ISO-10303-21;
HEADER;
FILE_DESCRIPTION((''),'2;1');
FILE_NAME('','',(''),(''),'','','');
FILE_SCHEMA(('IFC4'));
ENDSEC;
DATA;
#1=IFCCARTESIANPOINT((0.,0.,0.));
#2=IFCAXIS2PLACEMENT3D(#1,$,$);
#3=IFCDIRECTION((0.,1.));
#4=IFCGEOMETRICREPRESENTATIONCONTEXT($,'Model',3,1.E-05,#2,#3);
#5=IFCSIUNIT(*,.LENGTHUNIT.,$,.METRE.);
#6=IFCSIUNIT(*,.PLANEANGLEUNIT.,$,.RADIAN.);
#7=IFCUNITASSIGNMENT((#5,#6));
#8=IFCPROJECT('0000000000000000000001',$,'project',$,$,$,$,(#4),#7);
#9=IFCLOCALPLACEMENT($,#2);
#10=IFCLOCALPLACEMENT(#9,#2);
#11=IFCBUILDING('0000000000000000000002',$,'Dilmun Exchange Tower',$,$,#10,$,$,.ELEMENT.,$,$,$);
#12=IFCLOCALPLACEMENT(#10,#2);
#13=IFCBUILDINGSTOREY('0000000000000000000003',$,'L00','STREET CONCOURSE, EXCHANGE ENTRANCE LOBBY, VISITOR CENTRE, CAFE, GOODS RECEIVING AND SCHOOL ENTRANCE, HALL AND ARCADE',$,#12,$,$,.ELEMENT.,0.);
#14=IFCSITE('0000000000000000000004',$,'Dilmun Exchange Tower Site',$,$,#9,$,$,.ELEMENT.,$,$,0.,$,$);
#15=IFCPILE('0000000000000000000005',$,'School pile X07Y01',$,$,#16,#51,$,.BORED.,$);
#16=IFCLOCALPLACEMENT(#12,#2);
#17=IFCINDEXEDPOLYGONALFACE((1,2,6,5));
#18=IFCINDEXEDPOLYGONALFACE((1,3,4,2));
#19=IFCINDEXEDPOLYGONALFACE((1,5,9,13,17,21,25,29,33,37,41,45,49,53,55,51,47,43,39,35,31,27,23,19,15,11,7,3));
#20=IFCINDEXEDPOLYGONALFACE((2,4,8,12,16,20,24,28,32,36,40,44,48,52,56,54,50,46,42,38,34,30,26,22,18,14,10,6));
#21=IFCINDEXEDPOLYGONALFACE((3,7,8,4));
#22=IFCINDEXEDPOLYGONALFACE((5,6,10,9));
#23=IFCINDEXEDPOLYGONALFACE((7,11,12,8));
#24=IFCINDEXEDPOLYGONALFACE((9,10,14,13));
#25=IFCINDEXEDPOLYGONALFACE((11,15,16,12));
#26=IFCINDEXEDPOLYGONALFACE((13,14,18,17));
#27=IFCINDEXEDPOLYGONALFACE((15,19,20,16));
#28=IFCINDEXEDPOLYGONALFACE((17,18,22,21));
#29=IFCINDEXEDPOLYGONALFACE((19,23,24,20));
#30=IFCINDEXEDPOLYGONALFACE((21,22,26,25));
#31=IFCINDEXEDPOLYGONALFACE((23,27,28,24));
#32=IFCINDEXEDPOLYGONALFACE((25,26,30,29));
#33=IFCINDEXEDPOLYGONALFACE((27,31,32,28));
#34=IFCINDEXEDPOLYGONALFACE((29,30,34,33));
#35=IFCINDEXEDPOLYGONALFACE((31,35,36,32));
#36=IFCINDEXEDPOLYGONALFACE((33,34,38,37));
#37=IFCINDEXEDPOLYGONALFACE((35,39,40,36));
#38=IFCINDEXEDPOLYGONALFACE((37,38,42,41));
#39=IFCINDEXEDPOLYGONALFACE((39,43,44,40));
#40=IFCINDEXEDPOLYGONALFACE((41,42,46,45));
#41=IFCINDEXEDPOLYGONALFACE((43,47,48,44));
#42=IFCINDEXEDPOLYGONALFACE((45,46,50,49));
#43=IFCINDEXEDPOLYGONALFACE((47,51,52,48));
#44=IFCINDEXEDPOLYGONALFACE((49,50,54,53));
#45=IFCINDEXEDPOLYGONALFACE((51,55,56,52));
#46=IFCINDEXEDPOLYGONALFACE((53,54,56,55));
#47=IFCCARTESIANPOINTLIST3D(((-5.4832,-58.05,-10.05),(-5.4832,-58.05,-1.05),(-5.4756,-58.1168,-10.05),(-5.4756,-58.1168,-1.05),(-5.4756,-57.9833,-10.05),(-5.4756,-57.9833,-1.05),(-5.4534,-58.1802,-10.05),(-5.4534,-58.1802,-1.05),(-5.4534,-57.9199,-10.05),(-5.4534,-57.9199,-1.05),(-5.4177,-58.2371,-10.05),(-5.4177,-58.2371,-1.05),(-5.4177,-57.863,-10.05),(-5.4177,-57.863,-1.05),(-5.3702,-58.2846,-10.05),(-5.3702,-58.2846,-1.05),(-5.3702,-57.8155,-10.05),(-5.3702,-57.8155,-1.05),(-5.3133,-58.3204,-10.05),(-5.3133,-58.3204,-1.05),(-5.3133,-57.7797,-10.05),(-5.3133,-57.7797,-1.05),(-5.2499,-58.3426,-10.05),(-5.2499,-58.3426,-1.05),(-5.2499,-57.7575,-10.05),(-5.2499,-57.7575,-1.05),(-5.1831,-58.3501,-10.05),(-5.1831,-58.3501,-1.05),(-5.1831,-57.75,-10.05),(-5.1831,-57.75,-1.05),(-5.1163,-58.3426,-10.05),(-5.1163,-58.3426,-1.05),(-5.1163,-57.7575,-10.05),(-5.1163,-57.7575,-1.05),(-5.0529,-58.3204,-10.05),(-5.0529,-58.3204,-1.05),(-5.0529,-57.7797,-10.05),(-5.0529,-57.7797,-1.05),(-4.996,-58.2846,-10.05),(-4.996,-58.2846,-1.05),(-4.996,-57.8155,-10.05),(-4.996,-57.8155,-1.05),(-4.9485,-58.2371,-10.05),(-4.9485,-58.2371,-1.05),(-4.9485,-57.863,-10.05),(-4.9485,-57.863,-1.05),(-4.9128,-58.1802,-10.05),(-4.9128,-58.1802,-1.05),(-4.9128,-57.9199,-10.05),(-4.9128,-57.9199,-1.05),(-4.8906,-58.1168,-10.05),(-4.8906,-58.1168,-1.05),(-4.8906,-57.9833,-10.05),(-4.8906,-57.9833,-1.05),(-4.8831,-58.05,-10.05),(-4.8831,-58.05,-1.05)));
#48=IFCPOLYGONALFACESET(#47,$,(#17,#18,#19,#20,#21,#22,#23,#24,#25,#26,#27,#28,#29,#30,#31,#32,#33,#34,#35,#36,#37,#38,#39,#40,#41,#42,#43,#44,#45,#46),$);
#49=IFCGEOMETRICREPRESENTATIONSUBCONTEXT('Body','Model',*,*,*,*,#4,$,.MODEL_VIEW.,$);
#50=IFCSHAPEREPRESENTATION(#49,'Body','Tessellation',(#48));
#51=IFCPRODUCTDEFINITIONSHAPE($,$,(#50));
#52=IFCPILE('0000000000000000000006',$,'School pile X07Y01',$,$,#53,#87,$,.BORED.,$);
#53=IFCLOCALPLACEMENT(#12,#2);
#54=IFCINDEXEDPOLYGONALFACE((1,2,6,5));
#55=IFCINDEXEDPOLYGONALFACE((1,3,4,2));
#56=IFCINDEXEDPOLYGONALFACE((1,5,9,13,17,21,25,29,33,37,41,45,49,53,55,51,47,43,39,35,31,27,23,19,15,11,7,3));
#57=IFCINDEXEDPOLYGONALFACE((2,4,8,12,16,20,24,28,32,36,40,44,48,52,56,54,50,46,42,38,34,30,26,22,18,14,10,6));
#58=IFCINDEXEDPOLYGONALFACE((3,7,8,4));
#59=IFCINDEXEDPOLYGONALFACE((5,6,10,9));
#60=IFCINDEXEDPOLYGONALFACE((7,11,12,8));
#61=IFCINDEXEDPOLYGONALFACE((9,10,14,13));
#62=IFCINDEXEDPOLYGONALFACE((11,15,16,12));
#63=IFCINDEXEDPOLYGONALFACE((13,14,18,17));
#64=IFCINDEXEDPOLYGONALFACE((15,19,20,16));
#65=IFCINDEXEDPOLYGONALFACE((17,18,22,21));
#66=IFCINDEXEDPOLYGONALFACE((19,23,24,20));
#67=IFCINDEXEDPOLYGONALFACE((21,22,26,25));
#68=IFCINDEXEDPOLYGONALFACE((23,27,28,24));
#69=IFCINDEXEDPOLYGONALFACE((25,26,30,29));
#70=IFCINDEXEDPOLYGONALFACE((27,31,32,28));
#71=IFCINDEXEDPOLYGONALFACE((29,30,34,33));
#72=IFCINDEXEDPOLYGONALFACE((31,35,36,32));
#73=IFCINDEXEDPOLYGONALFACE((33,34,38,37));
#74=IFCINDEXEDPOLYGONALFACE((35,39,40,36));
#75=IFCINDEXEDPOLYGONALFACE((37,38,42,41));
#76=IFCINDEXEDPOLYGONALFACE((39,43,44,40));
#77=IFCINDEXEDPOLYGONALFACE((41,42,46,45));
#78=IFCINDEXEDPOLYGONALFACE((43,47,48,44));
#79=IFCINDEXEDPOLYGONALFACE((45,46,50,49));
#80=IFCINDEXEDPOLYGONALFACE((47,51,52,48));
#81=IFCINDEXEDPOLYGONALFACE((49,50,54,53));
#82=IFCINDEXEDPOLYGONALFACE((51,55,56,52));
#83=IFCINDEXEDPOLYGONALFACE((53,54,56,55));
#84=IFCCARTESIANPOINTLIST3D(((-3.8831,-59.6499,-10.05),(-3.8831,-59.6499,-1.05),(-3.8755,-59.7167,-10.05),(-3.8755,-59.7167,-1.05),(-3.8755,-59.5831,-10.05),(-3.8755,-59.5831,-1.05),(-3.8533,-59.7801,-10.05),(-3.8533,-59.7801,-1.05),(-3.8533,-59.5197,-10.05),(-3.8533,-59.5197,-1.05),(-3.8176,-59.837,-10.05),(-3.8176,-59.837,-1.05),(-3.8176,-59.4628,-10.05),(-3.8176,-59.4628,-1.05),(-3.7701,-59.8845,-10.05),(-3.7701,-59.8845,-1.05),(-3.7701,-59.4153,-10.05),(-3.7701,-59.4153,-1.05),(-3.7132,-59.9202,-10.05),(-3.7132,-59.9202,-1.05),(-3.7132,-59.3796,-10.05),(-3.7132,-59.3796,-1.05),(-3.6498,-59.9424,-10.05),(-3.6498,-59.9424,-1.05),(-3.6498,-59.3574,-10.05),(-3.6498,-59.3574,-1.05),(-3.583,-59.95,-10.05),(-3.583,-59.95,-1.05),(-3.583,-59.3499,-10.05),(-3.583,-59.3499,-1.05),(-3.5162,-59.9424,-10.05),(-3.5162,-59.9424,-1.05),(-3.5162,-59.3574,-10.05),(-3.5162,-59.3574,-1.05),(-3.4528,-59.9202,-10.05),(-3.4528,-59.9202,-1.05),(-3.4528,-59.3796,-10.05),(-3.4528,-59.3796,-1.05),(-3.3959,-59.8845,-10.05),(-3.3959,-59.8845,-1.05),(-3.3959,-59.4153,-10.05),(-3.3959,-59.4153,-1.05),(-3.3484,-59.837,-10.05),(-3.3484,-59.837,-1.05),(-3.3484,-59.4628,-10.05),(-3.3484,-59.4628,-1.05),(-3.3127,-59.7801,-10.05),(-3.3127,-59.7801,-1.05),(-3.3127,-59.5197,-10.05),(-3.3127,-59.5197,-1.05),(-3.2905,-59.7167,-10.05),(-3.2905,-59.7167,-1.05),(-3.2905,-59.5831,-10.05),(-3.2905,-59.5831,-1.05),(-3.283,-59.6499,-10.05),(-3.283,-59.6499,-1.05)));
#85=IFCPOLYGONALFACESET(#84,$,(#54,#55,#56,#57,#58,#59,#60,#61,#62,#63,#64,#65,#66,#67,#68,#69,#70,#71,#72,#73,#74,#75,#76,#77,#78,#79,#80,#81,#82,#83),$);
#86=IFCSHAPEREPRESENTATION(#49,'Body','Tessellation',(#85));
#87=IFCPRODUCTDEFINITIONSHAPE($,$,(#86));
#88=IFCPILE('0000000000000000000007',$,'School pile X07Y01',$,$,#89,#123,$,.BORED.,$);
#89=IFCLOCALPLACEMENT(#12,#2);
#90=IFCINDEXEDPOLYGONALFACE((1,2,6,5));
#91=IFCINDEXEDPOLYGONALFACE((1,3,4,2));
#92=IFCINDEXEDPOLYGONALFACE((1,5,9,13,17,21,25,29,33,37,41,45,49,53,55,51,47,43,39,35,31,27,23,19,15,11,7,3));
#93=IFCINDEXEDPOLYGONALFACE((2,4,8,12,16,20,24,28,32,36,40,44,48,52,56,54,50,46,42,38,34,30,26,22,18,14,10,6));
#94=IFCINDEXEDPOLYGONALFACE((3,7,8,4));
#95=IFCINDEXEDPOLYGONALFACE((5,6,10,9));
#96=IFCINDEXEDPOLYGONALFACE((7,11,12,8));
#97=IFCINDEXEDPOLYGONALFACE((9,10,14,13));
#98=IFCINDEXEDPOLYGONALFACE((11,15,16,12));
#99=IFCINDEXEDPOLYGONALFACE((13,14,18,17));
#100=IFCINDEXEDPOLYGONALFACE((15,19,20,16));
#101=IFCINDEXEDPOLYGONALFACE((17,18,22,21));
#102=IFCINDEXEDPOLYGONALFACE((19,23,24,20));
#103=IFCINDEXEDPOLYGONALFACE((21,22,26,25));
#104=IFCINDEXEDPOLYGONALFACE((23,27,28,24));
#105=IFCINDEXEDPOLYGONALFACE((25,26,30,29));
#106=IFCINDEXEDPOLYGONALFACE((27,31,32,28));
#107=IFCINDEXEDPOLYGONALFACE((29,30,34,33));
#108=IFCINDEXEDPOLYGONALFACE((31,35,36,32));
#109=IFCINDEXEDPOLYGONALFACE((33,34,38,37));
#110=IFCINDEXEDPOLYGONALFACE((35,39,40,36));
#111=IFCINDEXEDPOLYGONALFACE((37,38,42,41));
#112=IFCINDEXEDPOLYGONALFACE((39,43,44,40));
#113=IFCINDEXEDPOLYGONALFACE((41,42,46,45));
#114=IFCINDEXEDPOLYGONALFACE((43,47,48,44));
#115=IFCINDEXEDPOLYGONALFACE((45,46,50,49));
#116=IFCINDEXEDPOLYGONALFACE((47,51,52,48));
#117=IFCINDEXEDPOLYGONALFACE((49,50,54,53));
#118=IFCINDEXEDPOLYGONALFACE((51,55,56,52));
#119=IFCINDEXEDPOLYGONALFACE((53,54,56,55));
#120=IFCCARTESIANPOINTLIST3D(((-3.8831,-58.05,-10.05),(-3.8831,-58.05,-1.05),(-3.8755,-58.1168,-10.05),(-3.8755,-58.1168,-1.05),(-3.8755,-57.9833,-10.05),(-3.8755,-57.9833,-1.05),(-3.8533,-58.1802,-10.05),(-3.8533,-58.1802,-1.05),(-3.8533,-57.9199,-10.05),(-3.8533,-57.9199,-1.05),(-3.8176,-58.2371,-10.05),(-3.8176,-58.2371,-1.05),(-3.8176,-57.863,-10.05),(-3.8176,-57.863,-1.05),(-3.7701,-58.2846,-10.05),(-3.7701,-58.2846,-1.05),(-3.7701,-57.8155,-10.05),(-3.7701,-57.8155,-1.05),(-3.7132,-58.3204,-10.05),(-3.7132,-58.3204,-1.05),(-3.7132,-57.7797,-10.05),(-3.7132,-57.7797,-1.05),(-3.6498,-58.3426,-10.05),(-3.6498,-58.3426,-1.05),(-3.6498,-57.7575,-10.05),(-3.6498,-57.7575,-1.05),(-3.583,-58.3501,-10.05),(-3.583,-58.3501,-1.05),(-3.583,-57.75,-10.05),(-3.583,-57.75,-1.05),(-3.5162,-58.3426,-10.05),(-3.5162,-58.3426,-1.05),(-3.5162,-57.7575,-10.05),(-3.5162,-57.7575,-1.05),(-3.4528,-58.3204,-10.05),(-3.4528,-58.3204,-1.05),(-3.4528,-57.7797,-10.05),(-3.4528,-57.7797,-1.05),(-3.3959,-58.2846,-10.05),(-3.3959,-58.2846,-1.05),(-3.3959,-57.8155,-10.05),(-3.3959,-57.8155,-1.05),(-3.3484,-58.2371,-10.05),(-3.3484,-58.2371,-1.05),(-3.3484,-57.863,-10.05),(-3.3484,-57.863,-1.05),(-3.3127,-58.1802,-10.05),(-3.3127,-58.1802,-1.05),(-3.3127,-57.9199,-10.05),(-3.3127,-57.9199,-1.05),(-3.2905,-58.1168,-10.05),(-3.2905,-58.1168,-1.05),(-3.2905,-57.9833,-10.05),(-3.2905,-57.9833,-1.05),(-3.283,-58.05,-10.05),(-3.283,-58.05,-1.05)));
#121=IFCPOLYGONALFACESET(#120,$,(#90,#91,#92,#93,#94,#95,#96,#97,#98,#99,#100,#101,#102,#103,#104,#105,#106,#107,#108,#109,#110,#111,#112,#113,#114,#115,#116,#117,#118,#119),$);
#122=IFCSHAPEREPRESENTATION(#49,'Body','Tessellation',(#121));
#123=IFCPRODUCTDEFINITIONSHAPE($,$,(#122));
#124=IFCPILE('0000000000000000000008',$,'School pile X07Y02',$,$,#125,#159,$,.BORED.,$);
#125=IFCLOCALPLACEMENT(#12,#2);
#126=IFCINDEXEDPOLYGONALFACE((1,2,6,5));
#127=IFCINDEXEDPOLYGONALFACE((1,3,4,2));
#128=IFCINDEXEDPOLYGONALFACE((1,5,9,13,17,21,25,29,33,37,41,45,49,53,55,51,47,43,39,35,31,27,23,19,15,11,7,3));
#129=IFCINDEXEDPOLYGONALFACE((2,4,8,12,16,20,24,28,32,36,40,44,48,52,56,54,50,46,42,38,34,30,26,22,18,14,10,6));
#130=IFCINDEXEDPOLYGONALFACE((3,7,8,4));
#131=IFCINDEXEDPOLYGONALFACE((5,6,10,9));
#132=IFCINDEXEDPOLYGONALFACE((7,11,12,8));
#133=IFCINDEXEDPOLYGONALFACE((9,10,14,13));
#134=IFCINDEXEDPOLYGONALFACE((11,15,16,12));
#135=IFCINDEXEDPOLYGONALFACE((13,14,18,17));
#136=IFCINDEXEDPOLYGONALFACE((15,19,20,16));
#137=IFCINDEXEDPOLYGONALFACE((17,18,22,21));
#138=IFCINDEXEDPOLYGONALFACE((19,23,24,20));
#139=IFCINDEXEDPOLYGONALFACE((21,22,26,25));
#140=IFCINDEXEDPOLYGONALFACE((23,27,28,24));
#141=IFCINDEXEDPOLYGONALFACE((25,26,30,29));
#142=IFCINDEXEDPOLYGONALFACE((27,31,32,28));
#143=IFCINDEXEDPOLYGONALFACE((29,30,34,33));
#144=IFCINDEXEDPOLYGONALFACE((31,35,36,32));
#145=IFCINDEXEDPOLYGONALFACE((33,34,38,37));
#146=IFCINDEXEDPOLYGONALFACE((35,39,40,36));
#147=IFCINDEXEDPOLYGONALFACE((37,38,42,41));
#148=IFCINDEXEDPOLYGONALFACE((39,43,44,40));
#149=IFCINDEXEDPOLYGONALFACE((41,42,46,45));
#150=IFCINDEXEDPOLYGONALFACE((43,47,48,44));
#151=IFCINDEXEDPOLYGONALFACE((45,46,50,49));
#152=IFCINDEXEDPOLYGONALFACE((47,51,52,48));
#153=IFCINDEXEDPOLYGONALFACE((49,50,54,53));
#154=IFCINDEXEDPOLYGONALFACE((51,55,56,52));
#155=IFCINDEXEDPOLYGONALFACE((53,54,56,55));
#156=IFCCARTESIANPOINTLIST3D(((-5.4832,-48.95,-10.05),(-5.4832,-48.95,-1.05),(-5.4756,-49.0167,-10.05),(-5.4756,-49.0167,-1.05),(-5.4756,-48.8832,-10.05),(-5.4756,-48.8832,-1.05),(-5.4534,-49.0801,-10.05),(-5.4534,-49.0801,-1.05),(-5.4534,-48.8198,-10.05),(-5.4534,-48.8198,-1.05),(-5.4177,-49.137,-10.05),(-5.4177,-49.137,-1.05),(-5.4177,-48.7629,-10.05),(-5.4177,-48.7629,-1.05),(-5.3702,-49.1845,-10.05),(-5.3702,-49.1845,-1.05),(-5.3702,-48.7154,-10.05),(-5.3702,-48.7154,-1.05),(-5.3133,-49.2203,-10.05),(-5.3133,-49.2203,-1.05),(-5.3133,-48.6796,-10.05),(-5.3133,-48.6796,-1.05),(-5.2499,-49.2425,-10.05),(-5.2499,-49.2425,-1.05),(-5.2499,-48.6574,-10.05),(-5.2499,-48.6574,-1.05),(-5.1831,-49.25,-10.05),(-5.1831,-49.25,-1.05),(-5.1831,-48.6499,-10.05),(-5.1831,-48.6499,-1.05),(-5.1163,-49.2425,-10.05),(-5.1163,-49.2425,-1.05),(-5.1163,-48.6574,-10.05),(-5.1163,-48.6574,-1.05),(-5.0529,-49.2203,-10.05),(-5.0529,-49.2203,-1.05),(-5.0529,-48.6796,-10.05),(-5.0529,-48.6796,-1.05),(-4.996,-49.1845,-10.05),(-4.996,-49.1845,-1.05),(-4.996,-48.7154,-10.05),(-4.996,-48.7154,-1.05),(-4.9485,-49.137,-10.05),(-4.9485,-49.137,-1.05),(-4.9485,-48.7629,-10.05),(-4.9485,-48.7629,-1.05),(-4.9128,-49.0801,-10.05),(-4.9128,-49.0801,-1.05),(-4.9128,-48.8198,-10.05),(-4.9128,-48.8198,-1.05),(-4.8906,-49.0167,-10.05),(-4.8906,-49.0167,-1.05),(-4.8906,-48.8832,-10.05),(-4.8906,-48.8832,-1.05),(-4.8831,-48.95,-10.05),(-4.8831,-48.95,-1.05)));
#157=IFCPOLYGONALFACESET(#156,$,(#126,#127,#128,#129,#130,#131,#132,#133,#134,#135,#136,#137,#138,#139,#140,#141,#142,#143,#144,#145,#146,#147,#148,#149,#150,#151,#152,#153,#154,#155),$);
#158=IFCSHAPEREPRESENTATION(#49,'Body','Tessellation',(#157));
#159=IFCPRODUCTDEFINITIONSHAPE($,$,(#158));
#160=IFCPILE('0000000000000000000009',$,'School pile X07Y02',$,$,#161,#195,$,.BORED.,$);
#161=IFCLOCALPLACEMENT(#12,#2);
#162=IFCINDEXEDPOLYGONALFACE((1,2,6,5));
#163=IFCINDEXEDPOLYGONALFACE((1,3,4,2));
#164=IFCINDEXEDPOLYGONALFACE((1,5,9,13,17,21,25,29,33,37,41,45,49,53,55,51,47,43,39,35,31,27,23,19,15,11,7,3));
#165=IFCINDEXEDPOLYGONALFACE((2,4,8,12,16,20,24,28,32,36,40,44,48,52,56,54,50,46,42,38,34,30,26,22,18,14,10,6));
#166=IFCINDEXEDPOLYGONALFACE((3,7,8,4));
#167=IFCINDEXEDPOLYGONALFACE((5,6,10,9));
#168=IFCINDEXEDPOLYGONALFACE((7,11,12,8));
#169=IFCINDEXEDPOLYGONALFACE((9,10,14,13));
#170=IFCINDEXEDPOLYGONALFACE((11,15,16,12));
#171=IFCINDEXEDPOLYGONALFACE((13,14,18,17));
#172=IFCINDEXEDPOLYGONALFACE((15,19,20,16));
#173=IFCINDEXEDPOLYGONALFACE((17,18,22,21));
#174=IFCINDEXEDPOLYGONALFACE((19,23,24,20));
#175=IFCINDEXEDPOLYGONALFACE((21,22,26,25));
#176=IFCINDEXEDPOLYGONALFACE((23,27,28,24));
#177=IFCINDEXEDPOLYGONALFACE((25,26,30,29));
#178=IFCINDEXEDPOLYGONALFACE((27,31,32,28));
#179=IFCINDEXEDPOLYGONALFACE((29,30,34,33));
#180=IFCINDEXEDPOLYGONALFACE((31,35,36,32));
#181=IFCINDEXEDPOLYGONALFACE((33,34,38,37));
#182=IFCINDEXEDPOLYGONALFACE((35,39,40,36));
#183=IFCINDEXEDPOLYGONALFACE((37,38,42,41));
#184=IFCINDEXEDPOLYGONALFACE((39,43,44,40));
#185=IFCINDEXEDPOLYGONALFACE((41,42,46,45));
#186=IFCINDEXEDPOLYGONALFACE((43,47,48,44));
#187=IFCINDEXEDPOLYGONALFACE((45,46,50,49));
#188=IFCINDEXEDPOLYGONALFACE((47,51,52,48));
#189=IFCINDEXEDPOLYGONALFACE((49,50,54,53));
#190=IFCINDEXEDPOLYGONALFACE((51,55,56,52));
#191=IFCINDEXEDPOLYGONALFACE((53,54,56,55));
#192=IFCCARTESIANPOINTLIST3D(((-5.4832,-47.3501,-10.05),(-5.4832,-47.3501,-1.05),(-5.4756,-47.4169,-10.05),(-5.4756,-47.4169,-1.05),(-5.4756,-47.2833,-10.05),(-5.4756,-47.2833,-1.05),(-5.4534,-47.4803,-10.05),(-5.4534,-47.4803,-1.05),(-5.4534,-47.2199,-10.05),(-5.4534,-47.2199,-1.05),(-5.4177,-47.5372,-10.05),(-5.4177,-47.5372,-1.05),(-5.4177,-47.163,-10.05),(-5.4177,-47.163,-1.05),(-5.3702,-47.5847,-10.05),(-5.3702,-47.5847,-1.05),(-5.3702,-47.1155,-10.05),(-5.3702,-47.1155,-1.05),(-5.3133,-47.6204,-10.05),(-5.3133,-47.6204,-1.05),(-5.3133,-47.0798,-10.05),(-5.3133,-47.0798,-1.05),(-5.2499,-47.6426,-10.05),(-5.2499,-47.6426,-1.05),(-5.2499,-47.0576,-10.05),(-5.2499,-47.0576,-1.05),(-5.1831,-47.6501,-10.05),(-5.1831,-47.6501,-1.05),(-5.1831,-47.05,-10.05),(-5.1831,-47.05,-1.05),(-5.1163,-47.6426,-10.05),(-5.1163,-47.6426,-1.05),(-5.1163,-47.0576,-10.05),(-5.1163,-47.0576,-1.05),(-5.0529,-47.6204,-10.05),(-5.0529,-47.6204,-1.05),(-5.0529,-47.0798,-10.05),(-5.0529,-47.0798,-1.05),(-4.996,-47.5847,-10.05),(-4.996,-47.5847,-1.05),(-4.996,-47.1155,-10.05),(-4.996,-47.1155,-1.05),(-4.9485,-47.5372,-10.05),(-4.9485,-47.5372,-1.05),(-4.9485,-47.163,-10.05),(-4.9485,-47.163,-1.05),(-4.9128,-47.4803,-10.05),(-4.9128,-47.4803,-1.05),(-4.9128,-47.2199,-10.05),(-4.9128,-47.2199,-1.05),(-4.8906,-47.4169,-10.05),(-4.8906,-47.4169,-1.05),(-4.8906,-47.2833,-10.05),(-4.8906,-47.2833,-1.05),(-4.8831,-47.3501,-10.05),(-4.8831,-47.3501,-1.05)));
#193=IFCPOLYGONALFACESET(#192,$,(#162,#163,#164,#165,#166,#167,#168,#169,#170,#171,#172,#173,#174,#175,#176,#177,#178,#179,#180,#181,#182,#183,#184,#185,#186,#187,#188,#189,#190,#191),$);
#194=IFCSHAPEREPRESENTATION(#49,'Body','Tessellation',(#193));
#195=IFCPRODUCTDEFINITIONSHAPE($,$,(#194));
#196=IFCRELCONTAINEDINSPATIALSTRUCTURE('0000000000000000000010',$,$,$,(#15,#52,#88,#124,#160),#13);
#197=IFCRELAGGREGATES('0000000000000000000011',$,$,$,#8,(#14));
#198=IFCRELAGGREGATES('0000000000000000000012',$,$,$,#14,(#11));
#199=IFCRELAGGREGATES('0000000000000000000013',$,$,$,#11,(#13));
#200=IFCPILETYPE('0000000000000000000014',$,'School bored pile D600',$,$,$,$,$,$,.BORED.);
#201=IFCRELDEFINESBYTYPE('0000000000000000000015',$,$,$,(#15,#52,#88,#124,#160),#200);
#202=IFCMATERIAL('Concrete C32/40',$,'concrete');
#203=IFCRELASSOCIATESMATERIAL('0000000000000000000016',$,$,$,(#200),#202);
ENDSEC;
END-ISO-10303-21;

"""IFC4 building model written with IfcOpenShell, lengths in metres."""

from ifc_helpers import new_model, si_unit, direction, frame, origin, origin_2d, place, context, subcontext, project, spatial, circle, extrude, material, material_profile, profile_set, type_object, element, save


model = new_model("IFC4")

# Units and contexts
model_context = context("Model", 3, precision=1e-05, world=origin(), true_north=direction((0.0, 1.0)))
body_context = subcontext(model_context, "Body", "Model", "MODEL_VIEW")
ifc_project = project(units=[si_unit("LENGTHUNIT", "METRE"), si_unit("PLANEANGLEUNIT", "RADIAN")], contexts=[model_context])

# Site, building, storey
site_placement = place(None, origin())
site = spatial("IfcSite", under=ifc_project, at=site_placement, Name="Dilmun Exchange Tower Site", CompositionType="ELEMENT", RefElevation=0.0)
building_placement = place(site_placement, origin())
building = spatial("IfcBuilding", under=site, at=building_placement, Name="Dilmun Exchange Tower", CompositionType="ELEMENT")
storey_placement = place(building_placement, origin())
storey = spatial("IfcBuildingStorey", under=building, at=storey_placement, Name="L00", Description="STREET CONCOURSE, EXCHANGE ENTRANCE LOBBY, VISITOR CENTRE, CAFE, GOODS RECEIVING AND SCHOOL ENTRANCE, HALL AND ARCADE", CompositionType="ELEMENT", Elevation=0.0)

# Piles
ifc_material_1 = material(Name="Concrete C32/40", Category="concrete")
ifc_material_profile_1 = material_profile(ifc_material_1, circle(Radius=0.3, at=origin_2d()), Name="D600")
ifc_profile_set_1 = profile_set([ifc_material_profile_1], Name="Concrete C32/40")
pile_type = type_object("IfcPileType", Name="School bored pile D600", PredefinedType="BORED", material=ifc_profile_set_1)
for number, where, z_axis, x_axis, name in (
    (1, (-5.1831, -58.05, -1.05), (0.0, 0.0, -1.0), (1.0, 0.0, 0.0), "School pile X07Y01"),
    (2, (-3.583, -59.6499, -1.05), (0.0, 0.0, -1.0), (1.0, 0.0, 0.0), "School pile X07Y01"),
    (3, (-3.583, -58.05, -1.05), (0.0, 0.0, -1.0), (1.0, 0.0, 0.0), "School pile X07Y01"),
    (4, (-5.1831, -48.95, -1.05), (0.0, 0.0, -1.0), (1.0, 0.0, 0.0), "School pile X07Y02"),
    (5, (-5.1831, -47.3501, -1.05), (0.0, 0.0, -1.0), (1.0, 0.0, 0.0), "School pile X07Y02"),
):
    element("IfcPile", number, at=place(storey_placement, frame(where, z_axis=z_axis, x_axis=x_axis)), inside=storey, type_object=pile_type, Name=name, PredefinedType="BORED", context=body_context, shape_type="SweptSolid", body=[
        extrude(circle(Radius=0.3, at=origin_2d()), origin(), (0.0, 0.0, 1.0), 9.0),
    ])

save(model, "model.ifc")
